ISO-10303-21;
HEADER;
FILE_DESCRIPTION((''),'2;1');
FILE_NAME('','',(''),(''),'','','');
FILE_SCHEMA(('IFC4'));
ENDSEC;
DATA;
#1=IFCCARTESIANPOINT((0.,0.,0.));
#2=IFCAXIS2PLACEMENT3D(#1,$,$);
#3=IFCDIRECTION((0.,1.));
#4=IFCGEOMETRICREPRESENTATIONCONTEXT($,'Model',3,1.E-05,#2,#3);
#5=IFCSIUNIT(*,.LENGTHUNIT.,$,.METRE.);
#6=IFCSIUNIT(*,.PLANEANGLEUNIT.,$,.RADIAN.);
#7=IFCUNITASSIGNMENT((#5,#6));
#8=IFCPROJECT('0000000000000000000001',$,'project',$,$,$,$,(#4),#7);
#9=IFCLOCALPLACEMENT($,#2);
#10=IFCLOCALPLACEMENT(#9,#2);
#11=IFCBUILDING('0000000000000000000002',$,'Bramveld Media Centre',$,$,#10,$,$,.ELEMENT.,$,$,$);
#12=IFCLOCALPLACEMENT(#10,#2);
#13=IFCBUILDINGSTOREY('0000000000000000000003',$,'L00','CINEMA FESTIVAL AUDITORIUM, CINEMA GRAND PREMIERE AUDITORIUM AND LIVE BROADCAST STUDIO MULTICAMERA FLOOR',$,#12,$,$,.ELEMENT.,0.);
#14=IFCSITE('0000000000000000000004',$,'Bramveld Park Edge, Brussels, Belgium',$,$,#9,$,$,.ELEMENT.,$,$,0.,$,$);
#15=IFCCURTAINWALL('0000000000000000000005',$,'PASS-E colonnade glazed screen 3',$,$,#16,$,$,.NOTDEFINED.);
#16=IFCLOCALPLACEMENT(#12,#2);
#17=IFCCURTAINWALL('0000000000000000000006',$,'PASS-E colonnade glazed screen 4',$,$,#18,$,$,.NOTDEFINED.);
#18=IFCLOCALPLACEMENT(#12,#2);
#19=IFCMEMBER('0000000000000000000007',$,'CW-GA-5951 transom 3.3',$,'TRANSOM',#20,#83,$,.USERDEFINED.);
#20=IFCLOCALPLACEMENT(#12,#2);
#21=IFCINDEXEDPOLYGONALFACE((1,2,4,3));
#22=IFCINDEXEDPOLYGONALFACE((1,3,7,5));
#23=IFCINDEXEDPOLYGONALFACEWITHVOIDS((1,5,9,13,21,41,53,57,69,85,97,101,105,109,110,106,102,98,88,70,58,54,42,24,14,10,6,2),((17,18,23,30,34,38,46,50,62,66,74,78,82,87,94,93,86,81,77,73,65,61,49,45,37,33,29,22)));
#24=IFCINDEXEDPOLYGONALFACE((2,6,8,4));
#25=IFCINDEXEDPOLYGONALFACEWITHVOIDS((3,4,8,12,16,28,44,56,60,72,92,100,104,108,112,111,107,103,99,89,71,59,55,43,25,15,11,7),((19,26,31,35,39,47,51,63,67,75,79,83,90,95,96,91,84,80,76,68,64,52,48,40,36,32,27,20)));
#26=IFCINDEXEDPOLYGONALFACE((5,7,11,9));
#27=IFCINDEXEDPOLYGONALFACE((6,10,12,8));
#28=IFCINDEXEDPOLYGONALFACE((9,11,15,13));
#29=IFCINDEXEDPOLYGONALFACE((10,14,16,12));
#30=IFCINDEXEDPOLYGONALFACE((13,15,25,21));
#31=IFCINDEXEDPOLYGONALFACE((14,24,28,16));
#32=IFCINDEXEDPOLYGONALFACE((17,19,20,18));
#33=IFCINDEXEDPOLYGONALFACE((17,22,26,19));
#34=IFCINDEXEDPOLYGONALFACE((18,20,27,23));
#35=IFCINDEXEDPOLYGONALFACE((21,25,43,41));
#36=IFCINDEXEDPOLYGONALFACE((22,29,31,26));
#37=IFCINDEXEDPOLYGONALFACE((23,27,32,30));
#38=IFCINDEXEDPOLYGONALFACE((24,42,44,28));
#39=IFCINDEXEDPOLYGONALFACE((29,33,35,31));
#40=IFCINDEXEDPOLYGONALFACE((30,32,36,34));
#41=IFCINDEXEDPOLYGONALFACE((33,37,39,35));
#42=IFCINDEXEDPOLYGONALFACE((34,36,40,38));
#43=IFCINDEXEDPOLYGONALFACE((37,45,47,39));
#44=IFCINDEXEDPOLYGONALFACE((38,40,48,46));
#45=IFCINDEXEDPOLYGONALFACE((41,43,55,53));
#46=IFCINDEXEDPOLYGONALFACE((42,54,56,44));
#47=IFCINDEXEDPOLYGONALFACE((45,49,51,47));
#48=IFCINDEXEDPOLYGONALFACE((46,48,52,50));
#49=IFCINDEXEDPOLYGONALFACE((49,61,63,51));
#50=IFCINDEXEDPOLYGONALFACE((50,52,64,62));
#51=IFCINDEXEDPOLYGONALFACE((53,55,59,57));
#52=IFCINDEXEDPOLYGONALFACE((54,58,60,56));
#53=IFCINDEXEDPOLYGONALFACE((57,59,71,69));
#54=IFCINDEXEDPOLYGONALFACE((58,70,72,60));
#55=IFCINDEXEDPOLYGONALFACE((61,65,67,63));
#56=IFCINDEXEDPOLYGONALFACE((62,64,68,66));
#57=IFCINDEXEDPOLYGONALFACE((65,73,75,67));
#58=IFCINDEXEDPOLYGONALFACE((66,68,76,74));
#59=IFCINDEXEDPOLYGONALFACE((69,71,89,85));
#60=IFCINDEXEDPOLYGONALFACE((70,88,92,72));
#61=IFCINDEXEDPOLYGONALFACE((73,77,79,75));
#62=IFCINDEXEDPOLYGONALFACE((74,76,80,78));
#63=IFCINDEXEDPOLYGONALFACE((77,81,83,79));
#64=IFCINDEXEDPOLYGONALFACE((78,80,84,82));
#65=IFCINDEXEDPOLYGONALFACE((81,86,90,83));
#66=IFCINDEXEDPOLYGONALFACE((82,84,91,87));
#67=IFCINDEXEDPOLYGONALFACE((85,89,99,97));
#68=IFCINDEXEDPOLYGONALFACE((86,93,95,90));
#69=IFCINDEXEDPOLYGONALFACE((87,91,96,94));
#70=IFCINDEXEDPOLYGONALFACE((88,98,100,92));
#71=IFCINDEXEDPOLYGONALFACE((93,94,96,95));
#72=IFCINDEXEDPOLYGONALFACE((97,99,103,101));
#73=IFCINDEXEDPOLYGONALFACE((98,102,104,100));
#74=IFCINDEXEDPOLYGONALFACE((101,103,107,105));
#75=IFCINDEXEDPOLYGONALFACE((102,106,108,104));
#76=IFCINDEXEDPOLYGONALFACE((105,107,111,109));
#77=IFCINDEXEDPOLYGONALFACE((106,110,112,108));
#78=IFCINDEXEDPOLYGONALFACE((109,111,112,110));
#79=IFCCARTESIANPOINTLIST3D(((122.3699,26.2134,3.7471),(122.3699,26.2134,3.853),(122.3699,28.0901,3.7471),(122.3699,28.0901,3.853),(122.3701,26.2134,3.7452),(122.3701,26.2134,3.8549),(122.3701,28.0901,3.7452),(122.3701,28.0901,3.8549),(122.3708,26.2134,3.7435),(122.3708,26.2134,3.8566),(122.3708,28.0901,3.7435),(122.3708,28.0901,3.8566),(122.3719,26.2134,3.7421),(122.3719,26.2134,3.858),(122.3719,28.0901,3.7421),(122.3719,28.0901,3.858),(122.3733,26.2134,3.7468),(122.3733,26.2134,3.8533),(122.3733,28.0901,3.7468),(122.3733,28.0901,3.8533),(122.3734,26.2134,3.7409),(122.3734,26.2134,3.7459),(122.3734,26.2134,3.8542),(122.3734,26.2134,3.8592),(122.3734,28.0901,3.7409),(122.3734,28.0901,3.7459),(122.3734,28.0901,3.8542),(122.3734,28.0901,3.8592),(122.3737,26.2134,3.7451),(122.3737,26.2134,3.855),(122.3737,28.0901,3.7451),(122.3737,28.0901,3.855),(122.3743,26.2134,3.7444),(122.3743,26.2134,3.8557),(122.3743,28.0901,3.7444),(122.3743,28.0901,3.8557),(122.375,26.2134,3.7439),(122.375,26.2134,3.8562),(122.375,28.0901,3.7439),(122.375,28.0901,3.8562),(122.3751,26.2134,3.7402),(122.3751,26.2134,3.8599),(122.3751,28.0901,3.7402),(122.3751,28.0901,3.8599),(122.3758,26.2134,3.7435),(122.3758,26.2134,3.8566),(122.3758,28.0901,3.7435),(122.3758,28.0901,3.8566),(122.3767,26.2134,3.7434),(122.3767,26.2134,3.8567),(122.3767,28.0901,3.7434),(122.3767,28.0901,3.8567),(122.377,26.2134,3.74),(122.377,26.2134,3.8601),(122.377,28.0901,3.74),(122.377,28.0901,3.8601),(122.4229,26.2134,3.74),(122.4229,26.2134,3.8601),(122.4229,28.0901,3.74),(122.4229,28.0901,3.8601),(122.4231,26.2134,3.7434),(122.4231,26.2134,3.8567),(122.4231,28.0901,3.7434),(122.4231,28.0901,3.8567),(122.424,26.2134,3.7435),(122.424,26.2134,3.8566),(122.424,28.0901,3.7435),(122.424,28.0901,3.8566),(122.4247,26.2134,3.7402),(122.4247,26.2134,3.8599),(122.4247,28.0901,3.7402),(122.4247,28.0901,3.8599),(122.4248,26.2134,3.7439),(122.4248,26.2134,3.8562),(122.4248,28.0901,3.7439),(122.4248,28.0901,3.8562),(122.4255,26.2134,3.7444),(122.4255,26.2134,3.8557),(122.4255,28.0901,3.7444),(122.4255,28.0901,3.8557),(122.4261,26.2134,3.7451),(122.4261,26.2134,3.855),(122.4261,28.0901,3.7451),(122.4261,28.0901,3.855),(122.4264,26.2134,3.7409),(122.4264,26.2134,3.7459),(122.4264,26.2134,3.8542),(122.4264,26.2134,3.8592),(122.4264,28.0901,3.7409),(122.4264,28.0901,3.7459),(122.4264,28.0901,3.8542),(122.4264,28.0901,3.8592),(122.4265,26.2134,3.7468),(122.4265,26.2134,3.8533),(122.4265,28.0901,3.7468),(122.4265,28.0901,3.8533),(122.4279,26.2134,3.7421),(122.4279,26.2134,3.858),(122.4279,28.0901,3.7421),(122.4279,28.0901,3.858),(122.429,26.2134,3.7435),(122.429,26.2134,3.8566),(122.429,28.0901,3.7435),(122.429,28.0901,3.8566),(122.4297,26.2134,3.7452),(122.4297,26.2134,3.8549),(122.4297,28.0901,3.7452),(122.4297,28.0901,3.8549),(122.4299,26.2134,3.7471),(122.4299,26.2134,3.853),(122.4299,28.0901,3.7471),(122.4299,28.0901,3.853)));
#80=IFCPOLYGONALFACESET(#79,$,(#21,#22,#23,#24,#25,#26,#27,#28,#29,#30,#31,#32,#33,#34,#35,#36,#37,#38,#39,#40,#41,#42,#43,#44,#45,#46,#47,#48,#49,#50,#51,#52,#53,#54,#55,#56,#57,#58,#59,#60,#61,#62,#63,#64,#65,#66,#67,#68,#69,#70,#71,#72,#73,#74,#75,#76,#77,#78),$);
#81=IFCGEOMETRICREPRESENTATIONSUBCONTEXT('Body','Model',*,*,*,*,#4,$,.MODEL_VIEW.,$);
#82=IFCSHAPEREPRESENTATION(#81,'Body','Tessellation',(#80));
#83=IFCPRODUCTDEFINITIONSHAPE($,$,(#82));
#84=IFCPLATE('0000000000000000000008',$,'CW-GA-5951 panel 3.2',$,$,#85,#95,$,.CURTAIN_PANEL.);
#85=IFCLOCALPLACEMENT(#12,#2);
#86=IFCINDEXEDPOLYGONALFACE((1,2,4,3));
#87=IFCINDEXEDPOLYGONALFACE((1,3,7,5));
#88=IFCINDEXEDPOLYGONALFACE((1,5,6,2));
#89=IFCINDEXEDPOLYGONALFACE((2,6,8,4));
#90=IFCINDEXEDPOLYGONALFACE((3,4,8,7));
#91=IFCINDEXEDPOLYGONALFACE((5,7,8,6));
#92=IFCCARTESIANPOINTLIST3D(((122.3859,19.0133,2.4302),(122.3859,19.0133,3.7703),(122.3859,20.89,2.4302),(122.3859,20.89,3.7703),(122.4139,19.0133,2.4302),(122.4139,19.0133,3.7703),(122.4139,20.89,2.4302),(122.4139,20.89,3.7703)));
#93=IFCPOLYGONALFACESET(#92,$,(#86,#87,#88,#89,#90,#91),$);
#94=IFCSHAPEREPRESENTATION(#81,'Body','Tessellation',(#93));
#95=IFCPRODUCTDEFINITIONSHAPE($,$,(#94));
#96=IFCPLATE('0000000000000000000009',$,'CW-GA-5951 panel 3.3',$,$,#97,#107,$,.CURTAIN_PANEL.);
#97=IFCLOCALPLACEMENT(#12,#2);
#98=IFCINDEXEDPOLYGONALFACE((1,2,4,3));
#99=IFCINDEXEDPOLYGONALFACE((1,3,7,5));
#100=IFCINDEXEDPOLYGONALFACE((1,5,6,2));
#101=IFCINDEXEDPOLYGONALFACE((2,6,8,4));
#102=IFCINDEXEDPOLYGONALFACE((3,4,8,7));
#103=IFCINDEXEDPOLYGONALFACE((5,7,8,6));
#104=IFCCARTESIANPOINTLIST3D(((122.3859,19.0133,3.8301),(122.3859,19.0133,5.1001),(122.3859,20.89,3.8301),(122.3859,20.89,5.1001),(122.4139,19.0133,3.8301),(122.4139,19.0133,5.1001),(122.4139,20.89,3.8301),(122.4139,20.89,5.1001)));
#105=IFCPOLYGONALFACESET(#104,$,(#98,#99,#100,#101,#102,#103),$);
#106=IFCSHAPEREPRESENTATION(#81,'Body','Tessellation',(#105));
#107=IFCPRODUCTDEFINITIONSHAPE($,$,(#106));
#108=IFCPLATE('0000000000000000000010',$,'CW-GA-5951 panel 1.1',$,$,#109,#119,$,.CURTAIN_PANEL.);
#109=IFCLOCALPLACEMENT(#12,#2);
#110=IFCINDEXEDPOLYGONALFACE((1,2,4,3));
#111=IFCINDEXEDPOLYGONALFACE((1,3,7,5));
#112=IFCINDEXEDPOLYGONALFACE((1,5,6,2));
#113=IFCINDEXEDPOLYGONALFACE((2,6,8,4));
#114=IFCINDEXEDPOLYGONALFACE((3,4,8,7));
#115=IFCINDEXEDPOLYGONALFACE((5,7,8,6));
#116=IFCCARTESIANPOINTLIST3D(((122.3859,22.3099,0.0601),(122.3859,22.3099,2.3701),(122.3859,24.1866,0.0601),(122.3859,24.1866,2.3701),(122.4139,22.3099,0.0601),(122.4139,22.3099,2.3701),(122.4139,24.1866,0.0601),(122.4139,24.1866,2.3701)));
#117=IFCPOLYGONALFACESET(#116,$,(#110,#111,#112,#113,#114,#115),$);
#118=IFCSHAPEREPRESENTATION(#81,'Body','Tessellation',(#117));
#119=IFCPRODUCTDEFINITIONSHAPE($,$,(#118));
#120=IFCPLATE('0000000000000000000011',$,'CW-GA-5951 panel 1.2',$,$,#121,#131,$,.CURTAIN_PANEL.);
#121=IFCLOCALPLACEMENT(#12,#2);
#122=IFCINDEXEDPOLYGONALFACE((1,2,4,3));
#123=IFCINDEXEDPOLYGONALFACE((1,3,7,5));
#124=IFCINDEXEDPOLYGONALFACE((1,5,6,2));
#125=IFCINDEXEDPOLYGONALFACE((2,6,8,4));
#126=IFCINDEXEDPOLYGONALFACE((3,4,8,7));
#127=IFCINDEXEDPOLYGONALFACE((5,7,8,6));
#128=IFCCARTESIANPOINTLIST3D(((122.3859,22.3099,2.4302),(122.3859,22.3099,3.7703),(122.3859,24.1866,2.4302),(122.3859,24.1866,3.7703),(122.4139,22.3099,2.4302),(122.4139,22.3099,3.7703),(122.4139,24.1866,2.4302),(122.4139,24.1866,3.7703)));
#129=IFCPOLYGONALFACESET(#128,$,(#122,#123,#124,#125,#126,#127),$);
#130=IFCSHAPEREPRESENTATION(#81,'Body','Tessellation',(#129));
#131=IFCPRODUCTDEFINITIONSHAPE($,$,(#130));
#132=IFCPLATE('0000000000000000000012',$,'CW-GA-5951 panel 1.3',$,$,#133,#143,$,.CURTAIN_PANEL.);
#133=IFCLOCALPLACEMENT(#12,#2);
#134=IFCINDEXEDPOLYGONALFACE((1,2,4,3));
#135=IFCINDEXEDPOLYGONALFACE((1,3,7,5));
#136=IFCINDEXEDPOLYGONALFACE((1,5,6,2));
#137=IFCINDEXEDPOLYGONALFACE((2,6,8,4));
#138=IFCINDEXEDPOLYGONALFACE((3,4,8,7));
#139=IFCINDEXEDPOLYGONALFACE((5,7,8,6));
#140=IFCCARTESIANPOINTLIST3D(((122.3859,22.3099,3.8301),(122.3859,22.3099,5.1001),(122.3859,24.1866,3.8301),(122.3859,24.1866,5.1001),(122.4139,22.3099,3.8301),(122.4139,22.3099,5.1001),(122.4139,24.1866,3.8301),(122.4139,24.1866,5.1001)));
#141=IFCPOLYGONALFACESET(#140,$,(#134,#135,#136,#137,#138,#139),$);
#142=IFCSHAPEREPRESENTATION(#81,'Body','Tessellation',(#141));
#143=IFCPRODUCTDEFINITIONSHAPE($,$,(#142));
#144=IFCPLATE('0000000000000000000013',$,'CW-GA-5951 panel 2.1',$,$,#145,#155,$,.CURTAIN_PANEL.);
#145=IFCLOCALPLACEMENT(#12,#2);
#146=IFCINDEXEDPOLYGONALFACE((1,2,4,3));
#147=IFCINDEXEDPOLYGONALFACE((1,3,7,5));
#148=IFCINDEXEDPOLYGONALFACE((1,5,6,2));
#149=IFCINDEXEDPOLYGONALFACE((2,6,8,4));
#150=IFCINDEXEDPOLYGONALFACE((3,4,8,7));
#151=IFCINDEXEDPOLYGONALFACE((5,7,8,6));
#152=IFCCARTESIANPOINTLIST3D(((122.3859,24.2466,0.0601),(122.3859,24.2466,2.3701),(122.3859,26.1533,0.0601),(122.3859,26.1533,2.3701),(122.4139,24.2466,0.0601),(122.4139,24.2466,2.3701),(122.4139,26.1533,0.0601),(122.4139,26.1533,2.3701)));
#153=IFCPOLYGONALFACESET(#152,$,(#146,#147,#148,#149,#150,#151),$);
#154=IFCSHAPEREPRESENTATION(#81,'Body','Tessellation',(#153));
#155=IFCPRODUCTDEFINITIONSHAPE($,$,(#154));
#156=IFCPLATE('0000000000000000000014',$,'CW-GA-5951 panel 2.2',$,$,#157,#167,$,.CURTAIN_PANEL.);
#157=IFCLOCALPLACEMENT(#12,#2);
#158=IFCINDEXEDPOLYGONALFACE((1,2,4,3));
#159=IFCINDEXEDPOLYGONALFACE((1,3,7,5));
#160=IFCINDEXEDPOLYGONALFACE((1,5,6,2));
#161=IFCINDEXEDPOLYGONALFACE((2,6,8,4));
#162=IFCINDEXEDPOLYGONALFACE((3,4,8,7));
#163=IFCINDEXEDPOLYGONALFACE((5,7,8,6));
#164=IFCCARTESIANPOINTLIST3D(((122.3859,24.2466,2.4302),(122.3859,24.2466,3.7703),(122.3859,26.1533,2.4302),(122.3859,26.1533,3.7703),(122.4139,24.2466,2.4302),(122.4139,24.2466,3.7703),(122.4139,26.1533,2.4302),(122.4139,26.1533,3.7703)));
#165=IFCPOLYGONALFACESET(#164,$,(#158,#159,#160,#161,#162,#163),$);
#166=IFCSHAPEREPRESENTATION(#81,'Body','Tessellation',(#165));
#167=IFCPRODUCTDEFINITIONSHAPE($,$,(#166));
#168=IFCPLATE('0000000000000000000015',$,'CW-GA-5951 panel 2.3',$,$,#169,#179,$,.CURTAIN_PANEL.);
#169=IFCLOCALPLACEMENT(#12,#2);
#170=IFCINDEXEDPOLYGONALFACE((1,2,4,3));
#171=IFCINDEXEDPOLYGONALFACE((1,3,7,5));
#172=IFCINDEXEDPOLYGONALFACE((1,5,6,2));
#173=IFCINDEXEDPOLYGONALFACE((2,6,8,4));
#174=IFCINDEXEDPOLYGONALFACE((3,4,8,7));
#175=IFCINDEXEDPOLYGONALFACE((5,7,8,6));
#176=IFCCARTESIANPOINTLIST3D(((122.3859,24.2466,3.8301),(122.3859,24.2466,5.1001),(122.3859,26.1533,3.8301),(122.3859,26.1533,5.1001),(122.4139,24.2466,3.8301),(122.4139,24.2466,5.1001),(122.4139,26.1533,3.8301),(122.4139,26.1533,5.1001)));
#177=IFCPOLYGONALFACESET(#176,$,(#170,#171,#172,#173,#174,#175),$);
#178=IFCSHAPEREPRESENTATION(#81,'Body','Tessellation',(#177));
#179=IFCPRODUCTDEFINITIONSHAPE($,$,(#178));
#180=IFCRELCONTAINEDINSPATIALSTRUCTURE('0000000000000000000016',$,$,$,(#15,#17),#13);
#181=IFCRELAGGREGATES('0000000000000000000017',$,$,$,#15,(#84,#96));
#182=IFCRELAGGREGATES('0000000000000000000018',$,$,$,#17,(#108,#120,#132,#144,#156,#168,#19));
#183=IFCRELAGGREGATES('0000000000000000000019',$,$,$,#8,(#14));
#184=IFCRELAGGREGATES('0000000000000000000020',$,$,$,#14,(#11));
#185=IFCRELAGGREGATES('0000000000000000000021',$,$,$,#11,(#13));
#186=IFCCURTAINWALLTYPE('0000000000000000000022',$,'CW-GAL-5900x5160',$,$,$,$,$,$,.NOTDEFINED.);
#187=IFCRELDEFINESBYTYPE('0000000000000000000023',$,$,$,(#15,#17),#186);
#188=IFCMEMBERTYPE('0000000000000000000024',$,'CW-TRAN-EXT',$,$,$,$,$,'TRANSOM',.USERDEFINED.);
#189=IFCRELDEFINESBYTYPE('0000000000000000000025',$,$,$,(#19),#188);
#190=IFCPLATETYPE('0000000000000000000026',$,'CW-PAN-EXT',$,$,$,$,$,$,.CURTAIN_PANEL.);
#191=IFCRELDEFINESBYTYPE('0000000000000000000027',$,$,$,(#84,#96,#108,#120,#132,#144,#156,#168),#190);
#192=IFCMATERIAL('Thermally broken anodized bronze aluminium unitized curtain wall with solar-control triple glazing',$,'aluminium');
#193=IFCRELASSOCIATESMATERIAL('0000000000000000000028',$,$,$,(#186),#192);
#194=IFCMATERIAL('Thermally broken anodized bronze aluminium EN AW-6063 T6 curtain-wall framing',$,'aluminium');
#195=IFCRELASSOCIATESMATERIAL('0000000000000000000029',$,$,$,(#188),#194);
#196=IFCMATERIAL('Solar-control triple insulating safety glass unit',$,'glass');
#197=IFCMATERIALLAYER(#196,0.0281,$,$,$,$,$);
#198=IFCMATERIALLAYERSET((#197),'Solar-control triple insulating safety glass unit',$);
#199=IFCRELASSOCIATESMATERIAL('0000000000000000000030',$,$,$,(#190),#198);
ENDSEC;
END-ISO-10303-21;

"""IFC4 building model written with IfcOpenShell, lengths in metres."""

from ifc_helpers import new_model, si_unit, direction, frame, origin, origin_2d, place, context, subcontext, project, spatial, rectangle, hollow_rectangle, extrude, material, layer, layer_set, material_profile, profile_set, type_object, element, aggregate, save


model = new_model("IFC4")

# Units and contexts
model_context = context("Model", 3, precision=1e-05, world=origin(), true_north=direction((0.0, 1.0)))
body_context = subcontext(model_context, "Body", "Model", "MODEL_VIEW")
ifc_project = project(units=[si_unit("LENGTHUNIT", "METRE"), si_unit("PLANEANGLEUNIT", "RADIAN")], contexts=[model_context])

# Site, building, storey
site_placement = place(None, origin())
site = spatial("IfcSite", under=ifc_project, at=site_placement, Name="Bramveld Park Edge, Brussels, Belgium", CompositionType="ELEMENT", RefElevation=0.0)
building_placement = place(site_placement, origin())
building = spatial("IfcBuilding", under=site, at=building_placement, Name="Bramveld Media Centre", CompositionType="ELEMENT")
storey_placement = place(building_placement, origin())
storey = spatial("IfcBuildingStorey", under=building, at=storey_placement, Name="L00", Description="CINEMA FESTIVAL AUDITORIUM, CINEMA GRAND PREMIERE AUDITORIUM AND LIVE BROADCAST STUDIO MULTICAMERA FLOOR", CompositionType="ELEMENT", Elevation=0.0)

# Curtain wall
ifc_material_1 = material(Name="Thermally broken anodized bronze aluminium unitized curtain wall with solar-control triple glazing", Category="aluminium")
curtain_wall_type = type_object("IfcCurtainWallType", Name="CW-GAL-5900x5160", PredefinedType="NOTDEFINED", material=ifc_material_1)
curtain_wall_1_placement = place(storey_placement, origin())
curtain_wall_1 = element("IfcCurtainWall", 1, at=curtain_wall_1_placement, inside=storey, type_object=curtain_wall_type, Name="PASS-E colonnade glazed screen 3", PredefinedType="NOTDEFINED")

# Curtain wall, member
curtain_wall_2_placement = place(storey_placement, origin())
curtain_wall_2 = element("IfcCurtainWall", 2, at=curtain_wall_2_placement, inside=storey, type_object=curtain_wall_type, Name="PASS-E colonnade glazed screen 4", PredefinedType="NOTDEFINED")
ifc_material_2 = material(Name="Thermally broken anodized bronze aluminium EN AW-6063 T6 curtain-wall framing", Category="aluminium")
ifc_material_profile_1 = material_profile(ifc_material_2, hollow_rectangle(XDim=0.0601, YDim=0.1201, WallThickness=0.0034, InnerFilletRadius=0.0034, OuterFilletRadius=0.0071, at=origin_2d()), Name="AL-TRAN 60x120")
ifc_profile_set_1 = profile_set([ifc_material_profile_1], Name="Thermally broken anodized bronze aluminium EN AW-6063 T6 curtain-wall framing")
member_type_1 = type_object("IfcMemberType", Name="CW-TRAN-EXT", ElementType="TRANSOM", PredefinedType="USERDEFINED", material=ifc_profile_set_1)
member_1_placement = place(storey_placement, frame((122.3999, 26.2134, 3.8), z_axis=(0.0, 1.0, 0.0), x_axis=(-1.0, 0.0, 0.0)))
member_1 = element("IfcMember", 3, at=member_1_placement, type_object=member_type_1, Name="CW-GA-5951 transom 3.3", ObjectType="TRANSOM", PredefinedType="USERDEFINED", context=body_context, shape_type="SweptSolid", body=[
    extrude(hollow_rectangle(XDim=0.0601, YDim=0.1201, WallThickness=0.0034, InnerFilletRadius=0.0034, OuterFilletRadius=0.0071, at=origin_2d()), origin(), (0.0, 0.0, 1.0), 1.8767),
])

# Plates
ifc_material_3 = material(Name="Solar-control triple insulating safety glass unit", Category="glass")
ifc_layer = layer(ifc_material_3, 0.0281)
ifc_layer_set = layer_set([ifc_layer], Name="Solar-control triple insulating safety glass unit")
plate_type = type_object("IfcPlateType", Name="CW-PAN-EXT", PredefinedType="CURTAIN_PANEL", material=ifc_layer_set)
plate_1_placement = place(storey_placement, frame((122.3999, 19.9517, 2.4302), z_axis=(0.0, 0.0, 1.0), x_axis=(0.0, 1.0, 0.0)))
plate_1 = element("IfcPlate", 4, at=plate_1_placement, type_object=plate_type, Name="CW-GA-5951 panel 3.2", PredefinedType="CURTAIN_PANEL", context=body_context, shape_type="SweptSolid", body=[
    extrude(rectangle(XDim=1.8767, YDim=0.0281, at=origin_2d()), origin(), (0.0, 0.0, 1.0), 1.3401),
])
plate_2_placement = place(storey_placement, frame((122.3999, 19.9517, 3.8301), z_axis=(0.0, 0.0, 1.0), x_axis=(0.0, 1.0, 0.0)))
plate_2 = element("IfcPlate", 5, at=plate_2_placement, type_object=plate_type, Name="CW-GA-5951 panel 3.3", PredefinedType="CURTAIN_PANEL", context=body_context, shape_type="SweptSolid", body=[
    extrude(rectangle(XDim=1.8767, YDim=0.0281, at=origin_2d()), origin(), (0.0, 0.0, 1.0), 1.27),
])
aggregate(curtain_wall_1, [plate_1, plate_2])
plate_3_placement = place(storey_placement, frame((122.3999, 23.2483, 0.0601), z_axis=(0.0, 0.0, 1.0), x_axis=(0.0, 1.0, 0.0)))
plate_3 = element("IfcPlate", 6, at=plate_3_placement, type_object=plate_type, Name="CW-GA-5951 panel 1.1", PredefinedType="CURTAIN_PANEL", context=body_context, shape_type="SweptSolid", body=[
    extrude(rectangle(XDim=1.8767, YDim=0.0281, at=origin_2d()), origin(), (0.0, 0.0, 1.0), 2.3101),
])
plate_4_placement = place(storey_placement, frame((122.3999, 23.2483, 2.4302), z_axis=(0.0, 0.0, 1.0), x_axis=(0.0, 1.0, 0.0)))
plate_4 = element("IfcPlate", 7, at=plate_4_placement, type_object=plate_type, Name="CW-GA-5951 panel 1.2", PredefinedType="CURTAIN_PANEL", context=body_context, shape_type="SweptSolid", body=[
    extrude(rectangle(XDim=1.8767, YDim=0.0281, at=origin_2d()), origin(), (0.0, 0.0, 1.0), 1.3401),
])
plate_5_placement = place(storey_placement, frame((122.3999, 23.2483, 3.8301), z_axis=(0.0, 0.0, 1.0), x_axis=(0.0, 1.0, 0.0)))
plate_5 = element("IfcPlate", 8, at=plate_5_placement, type_object=plate_type, Name="CW-GA-5951 panel 1.3", PredefinedType="CURTAIN_PANEL", context=body_context, shape_type="SweptSolid", body=[
    extrude(rectangle(XDim=1.8767, YDim=0.0281, at=origin_2d()), origin(), (0.0, 0.0, 1.0), 1.27),
])
plate_6_placement = place(storey_placement, frame((122.3999, 25.2, 0.0601), z_axis=(0.0, 0.0, 1.0), x_axis=(0.0, 1.0, 0.0)))
plate_6 = element("IfcPlate", 9, at=plate_6_placement, type_object=plate_type, Name="CW-GA-5951 panel 2.1", PredefinedType="CURTAIN_PANEL", context=body_context, shape_type="SweptSolid", body=[
    extrude(rectangle(XDim=1.9067, YDim=0.0281, at=origin_2d()), origin(), (0.0, 0.0, 1.0), 2.3101),
])
plate_7_placement = place(storey_placement, frame((122.3999, 25.2, 2.4302), z_axis=(0.0, 0.0, 1.0), x_axis=(0.0, 1.0, 0.0)))
plate_7 = element("IfcPlate", 10, at=plate_7_placement, type_object=plate_type, Name="CW-GA-5951 panel 2.2", PredefinedType="CURTAIN_PANEL", context=body_context, shape_type="SweptSolid", body=[
    extrude(rectangle(XDim=1.9067, YDim=0.0281, at=origin_2d()), origin(), (0.0, 0.0, 1.0), 1.3401),
])
plate_8_placement = place(storey_placement, frame((122.3999, 25.2, 3.8301), z_axis=(0.0, 0.0, 1.0), x_axis=(0.0, 1.0, 0.0)))
plate_8 = element("IfcPlate", 11, at=plate_8_placement, type_object=plate_type, Name="CW-GA-5951 panel 2.3", PredefinedType="CURTAIN_PANEL", context=body_context, shape_type="SweptSolid", body=[
    extrude(rectangle(XDim=1.9067, YDim=0.0281, at=origin_2d()), origin(), (0.0, 0.0, 1.0), 1.27),
])
aggregate(curtain_wall_2, [plate_3, plate_4, plate_5, plate_6, plate_7, plate_8, member_1])

save(model, "model.ifc")
